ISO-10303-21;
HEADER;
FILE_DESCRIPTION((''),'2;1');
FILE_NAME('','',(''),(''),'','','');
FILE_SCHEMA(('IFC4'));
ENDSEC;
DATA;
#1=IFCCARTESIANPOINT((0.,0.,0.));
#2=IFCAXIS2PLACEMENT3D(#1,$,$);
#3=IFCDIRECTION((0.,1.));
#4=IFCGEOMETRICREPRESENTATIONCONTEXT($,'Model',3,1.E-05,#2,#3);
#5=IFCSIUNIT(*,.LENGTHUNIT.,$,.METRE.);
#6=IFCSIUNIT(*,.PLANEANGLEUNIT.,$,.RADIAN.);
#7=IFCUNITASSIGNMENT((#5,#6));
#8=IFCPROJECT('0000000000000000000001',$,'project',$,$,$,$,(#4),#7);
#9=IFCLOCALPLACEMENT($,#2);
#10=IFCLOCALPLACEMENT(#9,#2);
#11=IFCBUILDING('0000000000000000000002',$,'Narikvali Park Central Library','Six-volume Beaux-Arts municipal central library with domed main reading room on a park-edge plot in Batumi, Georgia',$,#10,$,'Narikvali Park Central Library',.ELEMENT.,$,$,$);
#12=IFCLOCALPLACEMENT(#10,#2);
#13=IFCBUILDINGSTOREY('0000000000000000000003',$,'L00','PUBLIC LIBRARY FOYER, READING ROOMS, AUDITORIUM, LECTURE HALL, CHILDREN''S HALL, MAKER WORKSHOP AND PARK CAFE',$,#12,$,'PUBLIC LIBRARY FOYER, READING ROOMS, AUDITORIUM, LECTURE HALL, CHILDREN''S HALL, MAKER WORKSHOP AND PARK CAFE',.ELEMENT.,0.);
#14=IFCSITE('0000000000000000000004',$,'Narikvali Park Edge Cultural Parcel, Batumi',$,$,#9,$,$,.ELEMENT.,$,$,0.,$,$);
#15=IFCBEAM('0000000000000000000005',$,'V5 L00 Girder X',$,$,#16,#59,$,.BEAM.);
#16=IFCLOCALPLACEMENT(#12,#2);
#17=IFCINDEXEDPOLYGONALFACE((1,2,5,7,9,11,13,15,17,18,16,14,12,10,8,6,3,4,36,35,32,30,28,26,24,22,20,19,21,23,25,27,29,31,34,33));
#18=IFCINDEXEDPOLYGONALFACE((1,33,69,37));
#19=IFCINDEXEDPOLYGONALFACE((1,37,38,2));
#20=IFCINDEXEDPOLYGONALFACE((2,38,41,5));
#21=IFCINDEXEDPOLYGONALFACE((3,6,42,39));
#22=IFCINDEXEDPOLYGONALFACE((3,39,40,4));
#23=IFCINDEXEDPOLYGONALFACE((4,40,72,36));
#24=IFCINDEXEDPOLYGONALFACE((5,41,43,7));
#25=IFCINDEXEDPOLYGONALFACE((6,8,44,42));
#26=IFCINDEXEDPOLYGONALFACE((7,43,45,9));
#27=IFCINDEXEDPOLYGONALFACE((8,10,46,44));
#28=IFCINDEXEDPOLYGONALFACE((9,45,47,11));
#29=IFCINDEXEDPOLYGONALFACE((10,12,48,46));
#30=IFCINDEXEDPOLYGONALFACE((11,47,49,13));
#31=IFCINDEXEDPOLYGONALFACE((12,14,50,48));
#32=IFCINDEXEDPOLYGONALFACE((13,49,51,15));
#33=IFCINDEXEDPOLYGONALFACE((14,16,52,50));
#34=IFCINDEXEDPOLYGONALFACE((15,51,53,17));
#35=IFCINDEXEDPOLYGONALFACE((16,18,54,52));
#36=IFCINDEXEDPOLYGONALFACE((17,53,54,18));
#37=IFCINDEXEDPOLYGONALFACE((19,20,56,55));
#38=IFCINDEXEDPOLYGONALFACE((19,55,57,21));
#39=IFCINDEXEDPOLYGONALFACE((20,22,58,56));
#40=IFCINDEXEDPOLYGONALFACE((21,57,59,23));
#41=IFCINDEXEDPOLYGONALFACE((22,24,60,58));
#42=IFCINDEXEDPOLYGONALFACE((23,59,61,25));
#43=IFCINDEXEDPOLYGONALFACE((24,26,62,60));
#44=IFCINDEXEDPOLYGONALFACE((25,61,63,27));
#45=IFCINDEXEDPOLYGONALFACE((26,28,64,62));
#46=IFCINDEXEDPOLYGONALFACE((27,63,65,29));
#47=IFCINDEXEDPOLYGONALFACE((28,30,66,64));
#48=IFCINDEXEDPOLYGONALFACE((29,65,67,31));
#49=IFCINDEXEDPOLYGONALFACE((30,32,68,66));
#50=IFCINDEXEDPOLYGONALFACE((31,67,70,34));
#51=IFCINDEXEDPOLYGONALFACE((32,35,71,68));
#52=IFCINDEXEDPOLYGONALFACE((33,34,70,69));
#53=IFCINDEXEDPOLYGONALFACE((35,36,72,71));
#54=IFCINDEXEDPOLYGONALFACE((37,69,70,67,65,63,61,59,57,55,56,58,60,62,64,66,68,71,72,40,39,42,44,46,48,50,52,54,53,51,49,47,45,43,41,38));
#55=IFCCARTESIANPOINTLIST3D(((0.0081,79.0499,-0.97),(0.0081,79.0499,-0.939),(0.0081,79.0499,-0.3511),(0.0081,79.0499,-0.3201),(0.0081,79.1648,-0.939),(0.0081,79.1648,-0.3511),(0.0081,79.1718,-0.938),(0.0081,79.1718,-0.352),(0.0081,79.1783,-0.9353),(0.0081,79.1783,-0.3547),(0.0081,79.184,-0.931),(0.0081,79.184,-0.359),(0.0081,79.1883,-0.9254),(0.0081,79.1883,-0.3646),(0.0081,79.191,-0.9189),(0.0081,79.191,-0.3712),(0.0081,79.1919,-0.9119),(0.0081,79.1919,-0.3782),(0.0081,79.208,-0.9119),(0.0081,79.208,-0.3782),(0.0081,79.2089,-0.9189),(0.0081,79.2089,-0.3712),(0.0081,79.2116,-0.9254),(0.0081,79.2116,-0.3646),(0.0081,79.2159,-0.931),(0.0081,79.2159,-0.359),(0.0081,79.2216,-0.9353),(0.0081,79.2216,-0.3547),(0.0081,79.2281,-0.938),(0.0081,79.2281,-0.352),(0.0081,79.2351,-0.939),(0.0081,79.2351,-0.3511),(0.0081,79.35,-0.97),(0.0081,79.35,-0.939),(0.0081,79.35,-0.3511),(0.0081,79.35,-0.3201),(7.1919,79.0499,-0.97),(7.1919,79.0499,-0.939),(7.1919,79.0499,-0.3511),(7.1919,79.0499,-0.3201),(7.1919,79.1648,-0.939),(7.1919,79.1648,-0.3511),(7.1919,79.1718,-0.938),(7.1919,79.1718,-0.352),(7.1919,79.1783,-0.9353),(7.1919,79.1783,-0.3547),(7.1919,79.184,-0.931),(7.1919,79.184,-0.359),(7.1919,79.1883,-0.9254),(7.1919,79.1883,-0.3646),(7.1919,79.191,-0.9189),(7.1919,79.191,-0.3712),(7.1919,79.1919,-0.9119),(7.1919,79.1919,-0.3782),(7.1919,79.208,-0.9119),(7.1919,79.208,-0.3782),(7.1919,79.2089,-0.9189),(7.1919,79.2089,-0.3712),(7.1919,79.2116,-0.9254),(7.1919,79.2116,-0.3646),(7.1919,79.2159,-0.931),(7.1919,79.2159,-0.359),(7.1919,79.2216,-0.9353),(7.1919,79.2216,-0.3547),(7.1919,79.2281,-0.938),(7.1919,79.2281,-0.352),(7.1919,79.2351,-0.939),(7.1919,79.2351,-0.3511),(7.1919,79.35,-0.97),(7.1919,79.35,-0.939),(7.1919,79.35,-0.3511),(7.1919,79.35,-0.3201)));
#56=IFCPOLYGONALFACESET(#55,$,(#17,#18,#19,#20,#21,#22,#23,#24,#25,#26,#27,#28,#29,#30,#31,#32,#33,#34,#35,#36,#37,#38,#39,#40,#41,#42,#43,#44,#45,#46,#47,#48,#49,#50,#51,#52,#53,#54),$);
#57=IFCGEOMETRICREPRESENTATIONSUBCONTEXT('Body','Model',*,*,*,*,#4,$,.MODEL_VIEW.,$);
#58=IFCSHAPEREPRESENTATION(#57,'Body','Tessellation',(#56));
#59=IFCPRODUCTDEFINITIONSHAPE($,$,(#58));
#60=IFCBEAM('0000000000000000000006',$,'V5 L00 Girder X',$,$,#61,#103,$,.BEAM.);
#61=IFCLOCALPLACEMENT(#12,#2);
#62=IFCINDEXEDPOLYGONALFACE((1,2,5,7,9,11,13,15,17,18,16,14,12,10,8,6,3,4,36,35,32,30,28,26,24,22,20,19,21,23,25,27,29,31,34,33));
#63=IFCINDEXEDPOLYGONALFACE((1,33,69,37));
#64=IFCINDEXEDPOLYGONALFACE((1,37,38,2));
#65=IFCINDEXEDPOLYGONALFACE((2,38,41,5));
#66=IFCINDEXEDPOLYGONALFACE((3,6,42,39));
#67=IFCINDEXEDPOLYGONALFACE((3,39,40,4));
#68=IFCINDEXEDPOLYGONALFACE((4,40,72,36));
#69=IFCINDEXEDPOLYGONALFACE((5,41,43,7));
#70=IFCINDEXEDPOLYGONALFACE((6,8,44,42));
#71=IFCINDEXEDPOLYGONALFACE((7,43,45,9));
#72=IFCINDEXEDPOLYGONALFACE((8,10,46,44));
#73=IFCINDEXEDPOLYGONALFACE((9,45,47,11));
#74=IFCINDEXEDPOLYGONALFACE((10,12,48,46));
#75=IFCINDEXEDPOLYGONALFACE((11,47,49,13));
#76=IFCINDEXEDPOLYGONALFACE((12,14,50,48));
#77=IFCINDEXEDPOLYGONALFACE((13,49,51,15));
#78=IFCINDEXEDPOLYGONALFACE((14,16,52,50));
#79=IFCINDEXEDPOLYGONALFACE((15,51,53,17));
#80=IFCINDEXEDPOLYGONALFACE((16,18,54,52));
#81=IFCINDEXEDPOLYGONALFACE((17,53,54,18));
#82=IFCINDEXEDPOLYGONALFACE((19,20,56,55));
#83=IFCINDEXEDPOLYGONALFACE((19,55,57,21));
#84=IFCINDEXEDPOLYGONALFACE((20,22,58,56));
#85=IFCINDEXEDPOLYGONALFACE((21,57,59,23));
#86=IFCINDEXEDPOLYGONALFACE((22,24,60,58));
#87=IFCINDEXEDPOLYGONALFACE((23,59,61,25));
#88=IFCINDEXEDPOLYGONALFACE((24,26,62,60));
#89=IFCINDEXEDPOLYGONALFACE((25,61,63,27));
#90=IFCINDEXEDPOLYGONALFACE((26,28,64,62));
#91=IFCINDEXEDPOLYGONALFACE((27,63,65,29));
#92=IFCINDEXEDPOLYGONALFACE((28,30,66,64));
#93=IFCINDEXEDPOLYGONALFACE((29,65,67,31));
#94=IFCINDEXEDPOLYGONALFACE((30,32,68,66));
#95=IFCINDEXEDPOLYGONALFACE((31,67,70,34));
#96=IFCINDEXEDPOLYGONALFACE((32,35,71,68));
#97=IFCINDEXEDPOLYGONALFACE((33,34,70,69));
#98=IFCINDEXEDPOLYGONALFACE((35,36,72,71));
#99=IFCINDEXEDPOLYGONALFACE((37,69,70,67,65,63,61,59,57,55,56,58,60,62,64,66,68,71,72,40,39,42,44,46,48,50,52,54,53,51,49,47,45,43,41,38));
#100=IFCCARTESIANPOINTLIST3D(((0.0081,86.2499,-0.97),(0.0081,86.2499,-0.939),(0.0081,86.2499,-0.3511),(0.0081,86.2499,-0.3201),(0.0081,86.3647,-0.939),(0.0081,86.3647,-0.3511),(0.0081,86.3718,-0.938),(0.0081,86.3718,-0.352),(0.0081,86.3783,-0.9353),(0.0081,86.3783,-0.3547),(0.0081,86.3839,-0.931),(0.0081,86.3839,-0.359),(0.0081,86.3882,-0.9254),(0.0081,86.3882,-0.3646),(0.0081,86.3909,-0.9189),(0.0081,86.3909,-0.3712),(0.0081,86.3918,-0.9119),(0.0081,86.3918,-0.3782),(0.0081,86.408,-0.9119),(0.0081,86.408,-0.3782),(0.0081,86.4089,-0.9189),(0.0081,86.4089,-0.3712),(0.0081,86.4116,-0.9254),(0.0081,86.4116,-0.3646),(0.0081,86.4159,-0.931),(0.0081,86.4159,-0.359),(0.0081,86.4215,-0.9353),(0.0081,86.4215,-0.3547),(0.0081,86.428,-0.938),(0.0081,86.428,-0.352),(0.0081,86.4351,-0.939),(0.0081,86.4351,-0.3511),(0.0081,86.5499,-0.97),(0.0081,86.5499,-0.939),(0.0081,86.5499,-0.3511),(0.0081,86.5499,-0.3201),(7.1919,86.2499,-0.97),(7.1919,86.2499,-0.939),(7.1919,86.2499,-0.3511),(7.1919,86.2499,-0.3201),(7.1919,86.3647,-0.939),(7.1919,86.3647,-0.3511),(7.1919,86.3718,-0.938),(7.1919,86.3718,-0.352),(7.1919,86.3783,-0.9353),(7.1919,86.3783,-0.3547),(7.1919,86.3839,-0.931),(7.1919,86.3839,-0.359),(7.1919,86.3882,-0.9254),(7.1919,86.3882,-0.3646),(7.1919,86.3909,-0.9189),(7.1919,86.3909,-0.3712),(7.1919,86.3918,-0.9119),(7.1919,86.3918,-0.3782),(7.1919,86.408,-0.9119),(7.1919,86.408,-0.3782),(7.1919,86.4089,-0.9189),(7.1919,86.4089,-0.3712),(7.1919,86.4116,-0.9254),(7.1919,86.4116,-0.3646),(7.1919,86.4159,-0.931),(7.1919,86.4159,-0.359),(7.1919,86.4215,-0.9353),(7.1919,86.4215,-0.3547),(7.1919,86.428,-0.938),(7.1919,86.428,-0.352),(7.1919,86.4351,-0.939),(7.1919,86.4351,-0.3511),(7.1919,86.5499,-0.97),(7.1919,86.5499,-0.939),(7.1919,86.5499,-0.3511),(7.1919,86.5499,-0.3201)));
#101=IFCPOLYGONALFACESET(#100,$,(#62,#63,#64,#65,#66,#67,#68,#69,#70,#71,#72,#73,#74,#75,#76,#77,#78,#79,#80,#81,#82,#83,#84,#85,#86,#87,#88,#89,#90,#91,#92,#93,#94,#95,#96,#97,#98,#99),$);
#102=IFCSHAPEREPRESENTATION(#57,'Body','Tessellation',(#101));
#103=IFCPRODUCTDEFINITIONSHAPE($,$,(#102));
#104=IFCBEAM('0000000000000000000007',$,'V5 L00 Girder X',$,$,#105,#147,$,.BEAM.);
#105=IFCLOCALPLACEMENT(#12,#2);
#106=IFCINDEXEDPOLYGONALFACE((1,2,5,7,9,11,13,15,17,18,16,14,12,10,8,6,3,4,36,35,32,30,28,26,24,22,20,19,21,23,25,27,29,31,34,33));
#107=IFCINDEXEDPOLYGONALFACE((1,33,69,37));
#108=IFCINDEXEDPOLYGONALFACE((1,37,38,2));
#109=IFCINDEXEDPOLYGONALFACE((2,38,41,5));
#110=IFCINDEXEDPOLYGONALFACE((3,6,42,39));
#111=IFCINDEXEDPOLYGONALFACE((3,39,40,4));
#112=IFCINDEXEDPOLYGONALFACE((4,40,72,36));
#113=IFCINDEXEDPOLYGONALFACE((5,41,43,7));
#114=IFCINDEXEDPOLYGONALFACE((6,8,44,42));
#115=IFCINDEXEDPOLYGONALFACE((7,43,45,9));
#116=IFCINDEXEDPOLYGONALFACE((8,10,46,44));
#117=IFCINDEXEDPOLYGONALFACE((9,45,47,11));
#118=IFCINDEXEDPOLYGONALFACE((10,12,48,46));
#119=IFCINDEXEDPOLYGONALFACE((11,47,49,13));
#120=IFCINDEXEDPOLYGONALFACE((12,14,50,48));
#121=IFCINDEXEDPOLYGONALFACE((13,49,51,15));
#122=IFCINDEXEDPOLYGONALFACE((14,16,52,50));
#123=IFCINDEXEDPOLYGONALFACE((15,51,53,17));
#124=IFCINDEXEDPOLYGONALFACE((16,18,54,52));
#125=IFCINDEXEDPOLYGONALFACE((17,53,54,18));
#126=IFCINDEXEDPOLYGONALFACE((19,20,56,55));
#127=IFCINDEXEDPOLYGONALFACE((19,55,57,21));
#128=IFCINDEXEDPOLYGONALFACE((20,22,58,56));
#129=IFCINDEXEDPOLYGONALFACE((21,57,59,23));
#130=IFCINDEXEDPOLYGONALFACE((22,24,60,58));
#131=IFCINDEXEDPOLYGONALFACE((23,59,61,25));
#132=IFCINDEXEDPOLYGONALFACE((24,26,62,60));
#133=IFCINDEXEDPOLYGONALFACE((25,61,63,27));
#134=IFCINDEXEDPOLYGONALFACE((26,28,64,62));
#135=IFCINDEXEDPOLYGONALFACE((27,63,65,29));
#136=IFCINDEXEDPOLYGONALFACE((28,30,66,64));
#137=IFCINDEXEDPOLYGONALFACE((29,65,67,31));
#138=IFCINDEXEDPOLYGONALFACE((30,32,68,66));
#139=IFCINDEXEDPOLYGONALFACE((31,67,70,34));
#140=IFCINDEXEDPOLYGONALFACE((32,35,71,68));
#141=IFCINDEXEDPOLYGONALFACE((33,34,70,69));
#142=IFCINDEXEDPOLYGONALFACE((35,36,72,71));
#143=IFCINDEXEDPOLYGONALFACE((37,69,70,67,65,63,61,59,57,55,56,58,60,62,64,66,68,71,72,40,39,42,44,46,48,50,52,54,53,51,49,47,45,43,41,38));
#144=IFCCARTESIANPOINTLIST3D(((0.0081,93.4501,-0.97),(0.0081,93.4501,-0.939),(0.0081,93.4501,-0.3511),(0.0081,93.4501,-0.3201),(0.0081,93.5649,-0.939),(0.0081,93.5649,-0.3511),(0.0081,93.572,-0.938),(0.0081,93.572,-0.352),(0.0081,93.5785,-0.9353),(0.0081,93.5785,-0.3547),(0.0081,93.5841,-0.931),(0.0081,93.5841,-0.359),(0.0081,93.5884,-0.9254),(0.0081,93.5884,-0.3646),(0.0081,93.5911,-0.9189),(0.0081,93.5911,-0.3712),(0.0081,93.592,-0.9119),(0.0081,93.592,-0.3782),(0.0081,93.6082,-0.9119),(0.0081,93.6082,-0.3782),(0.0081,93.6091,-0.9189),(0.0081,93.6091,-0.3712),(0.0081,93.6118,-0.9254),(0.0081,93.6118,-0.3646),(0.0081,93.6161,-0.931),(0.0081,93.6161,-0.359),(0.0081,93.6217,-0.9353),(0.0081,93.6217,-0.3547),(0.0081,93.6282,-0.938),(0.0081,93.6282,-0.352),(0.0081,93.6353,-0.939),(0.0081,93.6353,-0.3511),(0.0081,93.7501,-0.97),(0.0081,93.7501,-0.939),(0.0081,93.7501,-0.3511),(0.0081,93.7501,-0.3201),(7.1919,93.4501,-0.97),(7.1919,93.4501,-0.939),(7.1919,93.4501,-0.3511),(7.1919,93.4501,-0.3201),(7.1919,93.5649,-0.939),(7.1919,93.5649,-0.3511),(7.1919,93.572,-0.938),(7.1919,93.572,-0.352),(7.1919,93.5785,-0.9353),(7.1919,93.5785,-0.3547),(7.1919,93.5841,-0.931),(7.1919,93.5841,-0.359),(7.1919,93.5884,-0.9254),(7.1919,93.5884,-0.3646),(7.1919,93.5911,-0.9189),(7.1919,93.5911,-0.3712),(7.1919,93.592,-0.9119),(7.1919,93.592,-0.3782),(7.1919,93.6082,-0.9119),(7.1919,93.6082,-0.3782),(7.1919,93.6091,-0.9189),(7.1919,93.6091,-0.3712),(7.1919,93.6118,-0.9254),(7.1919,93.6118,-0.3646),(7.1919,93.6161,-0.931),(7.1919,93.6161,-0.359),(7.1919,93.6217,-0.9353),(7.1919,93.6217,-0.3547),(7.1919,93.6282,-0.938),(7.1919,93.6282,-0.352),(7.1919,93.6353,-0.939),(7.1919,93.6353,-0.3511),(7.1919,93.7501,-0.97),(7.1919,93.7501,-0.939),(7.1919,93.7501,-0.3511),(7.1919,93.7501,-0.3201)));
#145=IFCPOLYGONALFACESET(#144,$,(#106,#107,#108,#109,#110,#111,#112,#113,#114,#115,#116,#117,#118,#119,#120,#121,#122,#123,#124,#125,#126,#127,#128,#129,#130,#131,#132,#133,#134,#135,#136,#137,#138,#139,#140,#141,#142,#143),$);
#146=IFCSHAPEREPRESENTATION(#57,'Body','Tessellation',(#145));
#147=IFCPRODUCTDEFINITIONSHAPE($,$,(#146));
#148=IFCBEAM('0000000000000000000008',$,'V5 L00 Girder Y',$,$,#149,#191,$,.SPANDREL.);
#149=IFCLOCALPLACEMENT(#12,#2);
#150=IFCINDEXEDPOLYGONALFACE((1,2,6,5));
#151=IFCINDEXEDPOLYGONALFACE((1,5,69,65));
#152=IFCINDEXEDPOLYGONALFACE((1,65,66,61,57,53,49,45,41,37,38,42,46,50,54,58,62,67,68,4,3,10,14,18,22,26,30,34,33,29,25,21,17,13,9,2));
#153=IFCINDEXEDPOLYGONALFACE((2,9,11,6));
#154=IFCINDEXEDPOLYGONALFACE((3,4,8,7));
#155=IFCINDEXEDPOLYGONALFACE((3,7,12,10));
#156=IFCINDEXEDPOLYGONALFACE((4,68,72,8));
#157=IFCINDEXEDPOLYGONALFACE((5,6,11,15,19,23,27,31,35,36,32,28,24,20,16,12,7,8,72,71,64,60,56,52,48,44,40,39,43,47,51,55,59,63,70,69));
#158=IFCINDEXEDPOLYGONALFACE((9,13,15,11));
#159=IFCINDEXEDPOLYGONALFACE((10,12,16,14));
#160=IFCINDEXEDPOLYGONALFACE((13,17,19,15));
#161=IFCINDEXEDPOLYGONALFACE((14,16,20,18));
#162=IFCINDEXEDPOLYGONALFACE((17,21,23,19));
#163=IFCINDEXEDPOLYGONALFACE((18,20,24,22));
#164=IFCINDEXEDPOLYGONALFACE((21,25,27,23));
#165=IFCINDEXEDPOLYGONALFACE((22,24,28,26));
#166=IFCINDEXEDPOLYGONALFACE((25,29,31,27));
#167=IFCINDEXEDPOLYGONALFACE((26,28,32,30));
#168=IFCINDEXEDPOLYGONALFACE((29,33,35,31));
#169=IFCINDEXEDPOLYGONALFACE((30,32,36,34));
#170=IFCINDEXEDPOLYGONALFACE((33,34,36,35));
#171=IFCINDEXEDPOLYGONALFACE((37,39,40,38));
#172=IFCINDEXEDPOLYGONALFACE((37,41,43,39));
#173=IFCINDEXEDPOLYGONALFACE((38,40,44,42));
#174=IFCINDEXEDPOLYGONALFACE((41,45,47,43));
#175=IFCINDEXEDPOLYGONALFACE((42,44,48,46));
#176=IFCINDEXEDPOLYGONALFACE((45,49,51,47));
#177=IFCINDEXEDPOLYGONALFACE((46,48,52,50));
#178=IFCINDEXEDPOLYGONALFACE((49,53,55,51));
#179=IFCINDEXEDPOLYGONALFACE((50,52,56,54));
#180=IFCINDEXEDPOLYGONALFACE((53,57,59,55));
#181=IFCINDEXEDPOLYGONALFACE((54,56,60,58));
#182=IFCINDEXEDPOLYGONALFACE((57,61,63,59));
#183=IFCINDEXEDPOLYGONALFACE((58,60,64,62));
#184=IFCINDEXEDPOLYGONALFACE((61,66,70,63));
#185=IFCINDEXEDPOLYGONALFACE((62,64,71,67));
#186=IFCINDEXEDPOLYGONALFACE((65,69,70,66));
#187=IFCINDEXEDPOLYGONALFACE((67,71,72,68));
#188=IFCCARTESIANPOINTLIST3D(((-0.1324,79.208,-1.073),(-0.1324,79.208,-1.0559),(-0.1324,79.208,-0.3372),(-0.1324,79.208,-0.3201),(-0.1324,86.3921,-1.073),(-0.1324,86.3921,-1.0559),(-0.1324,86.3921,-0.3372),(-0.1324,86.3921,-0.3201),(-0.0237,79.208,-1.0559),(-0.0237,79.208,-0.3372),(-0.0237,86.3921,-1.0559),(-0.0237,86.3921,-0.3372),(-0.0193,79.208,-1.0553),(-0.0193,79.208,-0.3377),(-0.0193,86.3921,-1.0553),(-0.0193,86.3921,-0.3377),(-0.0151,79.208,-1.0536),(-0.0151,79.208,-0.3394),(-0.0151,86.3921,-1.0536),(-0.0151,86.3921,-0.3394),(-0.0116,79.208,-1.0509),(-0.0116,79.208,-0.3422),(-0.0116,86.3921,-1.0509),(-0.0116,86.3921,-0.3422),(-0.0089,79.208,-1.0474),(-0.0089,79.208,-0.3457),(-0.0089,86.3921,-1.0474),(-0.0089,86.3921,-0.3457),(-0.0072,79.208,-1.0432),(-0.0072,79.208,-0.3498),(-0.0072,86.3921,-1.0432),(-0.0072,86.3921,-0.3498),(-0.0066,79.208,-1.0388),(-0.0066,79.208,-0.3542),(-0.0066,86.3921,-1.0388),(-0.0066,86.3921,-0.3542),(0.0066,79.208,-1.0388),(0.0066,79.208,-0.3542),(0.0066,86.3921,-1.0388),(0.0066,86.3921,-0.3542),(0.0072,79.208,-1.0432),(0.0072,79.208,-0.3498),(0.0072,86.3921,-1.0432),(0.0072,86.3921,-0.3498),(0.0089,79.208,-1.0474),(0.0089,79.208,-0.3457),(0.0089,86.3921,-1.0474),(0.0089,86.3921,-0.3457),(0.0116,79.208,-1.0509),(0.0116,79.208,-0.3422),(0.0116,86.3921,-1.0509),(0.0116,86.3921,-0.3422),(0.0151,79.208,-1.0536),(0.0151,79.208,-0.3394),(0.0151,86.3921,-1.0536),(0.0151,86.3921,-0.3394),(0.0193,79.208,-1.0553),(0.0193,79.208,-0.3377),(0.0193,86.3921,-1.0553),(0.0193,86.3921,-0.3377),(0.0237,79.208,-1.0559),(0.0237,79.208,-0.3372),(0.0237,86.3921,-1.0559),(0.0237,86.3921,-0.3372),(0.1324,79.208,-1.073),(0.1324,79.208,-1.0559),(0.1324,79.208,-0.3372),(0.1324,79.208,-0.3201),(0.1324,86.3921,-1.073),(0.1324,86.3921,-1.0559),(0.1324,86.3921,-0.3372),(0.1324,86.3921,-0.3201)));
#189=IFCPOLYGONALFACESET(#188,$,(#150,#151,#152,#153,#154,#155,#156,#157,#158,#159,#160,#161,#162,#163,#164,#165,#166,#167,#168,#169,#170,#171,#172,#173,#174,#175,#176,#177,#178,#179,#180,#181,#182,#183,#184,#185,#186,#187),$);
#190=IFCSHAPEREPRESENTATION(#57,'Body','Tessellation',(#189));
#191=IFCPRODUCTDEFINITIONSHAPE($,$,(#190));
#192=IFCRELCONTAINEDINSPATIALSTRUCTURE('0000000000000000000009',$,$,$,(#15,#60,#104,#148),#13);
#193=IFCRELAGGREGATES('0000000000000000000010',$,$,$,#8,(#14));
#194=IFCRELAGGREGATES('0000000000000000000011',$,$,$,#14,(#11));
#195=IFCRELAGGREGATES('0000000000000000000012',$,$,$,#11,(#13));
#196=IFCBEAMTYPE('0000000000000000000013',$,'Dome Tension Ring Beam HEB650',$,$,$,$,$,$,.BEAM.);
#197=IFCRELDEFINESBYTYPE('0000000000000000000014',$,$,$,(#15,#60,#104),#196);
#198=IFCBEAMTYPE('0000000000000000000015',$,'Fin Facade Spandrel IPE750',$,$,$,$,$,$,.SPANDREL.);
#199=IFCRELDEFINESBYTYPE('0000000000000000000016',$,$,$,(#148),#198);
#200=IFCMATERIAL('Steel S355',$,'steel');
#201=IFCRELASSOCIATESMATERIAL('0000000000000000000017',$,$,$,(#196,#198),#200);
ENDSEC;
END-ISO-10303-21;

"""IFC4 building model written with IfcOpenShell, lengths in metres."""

from ifc_helpers import new_model, si_unit, direction, frame, origin, origin_2d, place, context, subcontext, project, spatial, i_section, extrude, material, material_profile, profile_set, type_object, element, save


model = new_model("IFC4")

# Units and contexts
model_context = context("Model", 3, precision=1e-05, world=origin(), true_north=direction((0.0, 1.0)))
body_context = subcontext(model_context, "Body", "Model", "MODEL_VIEW")
ifc_project = project(units=[si_unit("LENGTHUNIT", "METRE"), si_unit("PLANEANGLEUNIT", "RADIAN")], contexts=[model_context])

# Site, building, storey
site_placement = place(None, origin())
site = spatial("IfcSite", under=ifc_project, at=site_placement, Name="Narikvali Park Edge Cultural Parcel, Batumi", CompositionType="ELEMENT", RefElevation=0.0)
building_placement = place(site_placement, origin())
building = spatial("IfcBuilding", under=site, at=building_placement, Name="Narikvali Park Central Library", Description="Six-volume Beaux-Arts municipal central library with domed main reading room on a park-edge plot in Batumi, Georgia", LongName="Narikvali Park Central Library", CompositionType="ELEMENT")
storey_placement = place(building_placement, origin())
storey = spatial("IfcBuildingStorey", under=building, at=storey_placement, Name="L00", Description="PUBLIC LIBRARY FOYER, READING ROOMS, AUDITORIUM, LECTURE HALL, CHILDREN'S HALL, MAKER WORKSHOP AND PARK CAFE", LongName="PUBLIC LIBRARY FOYER, READING ROOMS, AUDITORIUM, LECTURE HALL, CHILDREN'S HALL, MAKER WORKSHOP AND PARK CAFE", CompositionType="ELEMENT", Elevation=0.0)

# Shared definitions
ifc_material_1 = material(Name="Steel S355", Category="steel")

# Beams
ifc_material_profile_1 = material_profile(ifc_material_1, i_section(OverallWidth=0.3, OverallDepth=0.6499, WebThickness=0.0161, FlangeThickness=0.031, FilletRadius=0.0271, at=origin_2d()), Name="HEB 650")
ifc_profile_set_1 = profile_set([ifc_material_profile_1], Name="Steel S355")
beam_type_1 = type_object("IfcBeamType", Name="Dome Tension Ring Beam HEB650", PredefinedType="BEAM", material=ifc_profile_set_1)
for number, where, z_axis, x_axis, name in (
    (1, (0.0081, 79.2, -0.645), (1.0, 0.0, 0.0), (0.0, 1.0, 0.0), "V5 L00 Girder X"),
    (2, (0.0081, 86.3999, -0.645), (1.0, 0.0, 0.0), (0.0, 1.0, 0.0), "V5 L00 Girder X"),
    (3, (0.0081, 93.6001, -0.645), (1.0, 0.0, 0.0), (0.0, 1.0, 0.0), "V5 L00 Girder X"),
):
    element("IfcBeam", number, at=place(storey_placement, frame(where, z_axis=z_axis, x_axis=x_axis)), inside=storey, type_object=beam_type_1, Name=name, PredefinedType="BEAM", context=body_context, shape_type="SweptSolid", body=[
        extrude(i_section(OverallWidth=0.3, OverallDepth=0.6499, WebThickness=0.0161, FlangeThickness=0.031, FilletRadius=0.0271, at=origin_2d()), origin(), (0.0, 0.0, 1.0), 7.1838),
    ])
ifc_material_profile_2 = material_profile(ifc_material_1, i_section(OverallWidth=0.2649, OverallDepth=0.7529, WebThickness=0.0132, FlangeThickness=0.0171, FilletRadius=0.0171, at=origin_2d()), Name="IPE 750x147")
ifc_profile_set_2 = profile_set([ifc_material_profile_2], Name="Steel S355")
beam_type_2 = type_object("IfcBeamType", Name="Fin Facade Spandrel IPE750", PredefinedType="SPANDREL", material=ifc_profile_set_2)
for number, where, z_axis, x_axis, name in (
    (4, (0.0, 79.208, -0.6965), (0.0, 1.0, 0.0), (-1.0, 0.0, 0.0), "V5 L00 Girder Y"),
):
    element("IfcBeam", number, at=place(storey_placement, frame(where, z_axis=z_axis, x_axis=x_axis)), inside=storey, type_object=beam_type_2, Name=name, PredefinedType="SPANDREL", context=body_context, shape_type="SweptSolid", body=[
        extrude(i_section(OverallWidth=0.2649, OverallDepth=0.7529, WebThickness=0.0132, FlangeThickness=0.0171, FilletRadius=0.0171, at=origin_2d()), origin(), (0.0, 0.0, 1.0), 7.1841),
    ])

save(model, "model.ifc")
